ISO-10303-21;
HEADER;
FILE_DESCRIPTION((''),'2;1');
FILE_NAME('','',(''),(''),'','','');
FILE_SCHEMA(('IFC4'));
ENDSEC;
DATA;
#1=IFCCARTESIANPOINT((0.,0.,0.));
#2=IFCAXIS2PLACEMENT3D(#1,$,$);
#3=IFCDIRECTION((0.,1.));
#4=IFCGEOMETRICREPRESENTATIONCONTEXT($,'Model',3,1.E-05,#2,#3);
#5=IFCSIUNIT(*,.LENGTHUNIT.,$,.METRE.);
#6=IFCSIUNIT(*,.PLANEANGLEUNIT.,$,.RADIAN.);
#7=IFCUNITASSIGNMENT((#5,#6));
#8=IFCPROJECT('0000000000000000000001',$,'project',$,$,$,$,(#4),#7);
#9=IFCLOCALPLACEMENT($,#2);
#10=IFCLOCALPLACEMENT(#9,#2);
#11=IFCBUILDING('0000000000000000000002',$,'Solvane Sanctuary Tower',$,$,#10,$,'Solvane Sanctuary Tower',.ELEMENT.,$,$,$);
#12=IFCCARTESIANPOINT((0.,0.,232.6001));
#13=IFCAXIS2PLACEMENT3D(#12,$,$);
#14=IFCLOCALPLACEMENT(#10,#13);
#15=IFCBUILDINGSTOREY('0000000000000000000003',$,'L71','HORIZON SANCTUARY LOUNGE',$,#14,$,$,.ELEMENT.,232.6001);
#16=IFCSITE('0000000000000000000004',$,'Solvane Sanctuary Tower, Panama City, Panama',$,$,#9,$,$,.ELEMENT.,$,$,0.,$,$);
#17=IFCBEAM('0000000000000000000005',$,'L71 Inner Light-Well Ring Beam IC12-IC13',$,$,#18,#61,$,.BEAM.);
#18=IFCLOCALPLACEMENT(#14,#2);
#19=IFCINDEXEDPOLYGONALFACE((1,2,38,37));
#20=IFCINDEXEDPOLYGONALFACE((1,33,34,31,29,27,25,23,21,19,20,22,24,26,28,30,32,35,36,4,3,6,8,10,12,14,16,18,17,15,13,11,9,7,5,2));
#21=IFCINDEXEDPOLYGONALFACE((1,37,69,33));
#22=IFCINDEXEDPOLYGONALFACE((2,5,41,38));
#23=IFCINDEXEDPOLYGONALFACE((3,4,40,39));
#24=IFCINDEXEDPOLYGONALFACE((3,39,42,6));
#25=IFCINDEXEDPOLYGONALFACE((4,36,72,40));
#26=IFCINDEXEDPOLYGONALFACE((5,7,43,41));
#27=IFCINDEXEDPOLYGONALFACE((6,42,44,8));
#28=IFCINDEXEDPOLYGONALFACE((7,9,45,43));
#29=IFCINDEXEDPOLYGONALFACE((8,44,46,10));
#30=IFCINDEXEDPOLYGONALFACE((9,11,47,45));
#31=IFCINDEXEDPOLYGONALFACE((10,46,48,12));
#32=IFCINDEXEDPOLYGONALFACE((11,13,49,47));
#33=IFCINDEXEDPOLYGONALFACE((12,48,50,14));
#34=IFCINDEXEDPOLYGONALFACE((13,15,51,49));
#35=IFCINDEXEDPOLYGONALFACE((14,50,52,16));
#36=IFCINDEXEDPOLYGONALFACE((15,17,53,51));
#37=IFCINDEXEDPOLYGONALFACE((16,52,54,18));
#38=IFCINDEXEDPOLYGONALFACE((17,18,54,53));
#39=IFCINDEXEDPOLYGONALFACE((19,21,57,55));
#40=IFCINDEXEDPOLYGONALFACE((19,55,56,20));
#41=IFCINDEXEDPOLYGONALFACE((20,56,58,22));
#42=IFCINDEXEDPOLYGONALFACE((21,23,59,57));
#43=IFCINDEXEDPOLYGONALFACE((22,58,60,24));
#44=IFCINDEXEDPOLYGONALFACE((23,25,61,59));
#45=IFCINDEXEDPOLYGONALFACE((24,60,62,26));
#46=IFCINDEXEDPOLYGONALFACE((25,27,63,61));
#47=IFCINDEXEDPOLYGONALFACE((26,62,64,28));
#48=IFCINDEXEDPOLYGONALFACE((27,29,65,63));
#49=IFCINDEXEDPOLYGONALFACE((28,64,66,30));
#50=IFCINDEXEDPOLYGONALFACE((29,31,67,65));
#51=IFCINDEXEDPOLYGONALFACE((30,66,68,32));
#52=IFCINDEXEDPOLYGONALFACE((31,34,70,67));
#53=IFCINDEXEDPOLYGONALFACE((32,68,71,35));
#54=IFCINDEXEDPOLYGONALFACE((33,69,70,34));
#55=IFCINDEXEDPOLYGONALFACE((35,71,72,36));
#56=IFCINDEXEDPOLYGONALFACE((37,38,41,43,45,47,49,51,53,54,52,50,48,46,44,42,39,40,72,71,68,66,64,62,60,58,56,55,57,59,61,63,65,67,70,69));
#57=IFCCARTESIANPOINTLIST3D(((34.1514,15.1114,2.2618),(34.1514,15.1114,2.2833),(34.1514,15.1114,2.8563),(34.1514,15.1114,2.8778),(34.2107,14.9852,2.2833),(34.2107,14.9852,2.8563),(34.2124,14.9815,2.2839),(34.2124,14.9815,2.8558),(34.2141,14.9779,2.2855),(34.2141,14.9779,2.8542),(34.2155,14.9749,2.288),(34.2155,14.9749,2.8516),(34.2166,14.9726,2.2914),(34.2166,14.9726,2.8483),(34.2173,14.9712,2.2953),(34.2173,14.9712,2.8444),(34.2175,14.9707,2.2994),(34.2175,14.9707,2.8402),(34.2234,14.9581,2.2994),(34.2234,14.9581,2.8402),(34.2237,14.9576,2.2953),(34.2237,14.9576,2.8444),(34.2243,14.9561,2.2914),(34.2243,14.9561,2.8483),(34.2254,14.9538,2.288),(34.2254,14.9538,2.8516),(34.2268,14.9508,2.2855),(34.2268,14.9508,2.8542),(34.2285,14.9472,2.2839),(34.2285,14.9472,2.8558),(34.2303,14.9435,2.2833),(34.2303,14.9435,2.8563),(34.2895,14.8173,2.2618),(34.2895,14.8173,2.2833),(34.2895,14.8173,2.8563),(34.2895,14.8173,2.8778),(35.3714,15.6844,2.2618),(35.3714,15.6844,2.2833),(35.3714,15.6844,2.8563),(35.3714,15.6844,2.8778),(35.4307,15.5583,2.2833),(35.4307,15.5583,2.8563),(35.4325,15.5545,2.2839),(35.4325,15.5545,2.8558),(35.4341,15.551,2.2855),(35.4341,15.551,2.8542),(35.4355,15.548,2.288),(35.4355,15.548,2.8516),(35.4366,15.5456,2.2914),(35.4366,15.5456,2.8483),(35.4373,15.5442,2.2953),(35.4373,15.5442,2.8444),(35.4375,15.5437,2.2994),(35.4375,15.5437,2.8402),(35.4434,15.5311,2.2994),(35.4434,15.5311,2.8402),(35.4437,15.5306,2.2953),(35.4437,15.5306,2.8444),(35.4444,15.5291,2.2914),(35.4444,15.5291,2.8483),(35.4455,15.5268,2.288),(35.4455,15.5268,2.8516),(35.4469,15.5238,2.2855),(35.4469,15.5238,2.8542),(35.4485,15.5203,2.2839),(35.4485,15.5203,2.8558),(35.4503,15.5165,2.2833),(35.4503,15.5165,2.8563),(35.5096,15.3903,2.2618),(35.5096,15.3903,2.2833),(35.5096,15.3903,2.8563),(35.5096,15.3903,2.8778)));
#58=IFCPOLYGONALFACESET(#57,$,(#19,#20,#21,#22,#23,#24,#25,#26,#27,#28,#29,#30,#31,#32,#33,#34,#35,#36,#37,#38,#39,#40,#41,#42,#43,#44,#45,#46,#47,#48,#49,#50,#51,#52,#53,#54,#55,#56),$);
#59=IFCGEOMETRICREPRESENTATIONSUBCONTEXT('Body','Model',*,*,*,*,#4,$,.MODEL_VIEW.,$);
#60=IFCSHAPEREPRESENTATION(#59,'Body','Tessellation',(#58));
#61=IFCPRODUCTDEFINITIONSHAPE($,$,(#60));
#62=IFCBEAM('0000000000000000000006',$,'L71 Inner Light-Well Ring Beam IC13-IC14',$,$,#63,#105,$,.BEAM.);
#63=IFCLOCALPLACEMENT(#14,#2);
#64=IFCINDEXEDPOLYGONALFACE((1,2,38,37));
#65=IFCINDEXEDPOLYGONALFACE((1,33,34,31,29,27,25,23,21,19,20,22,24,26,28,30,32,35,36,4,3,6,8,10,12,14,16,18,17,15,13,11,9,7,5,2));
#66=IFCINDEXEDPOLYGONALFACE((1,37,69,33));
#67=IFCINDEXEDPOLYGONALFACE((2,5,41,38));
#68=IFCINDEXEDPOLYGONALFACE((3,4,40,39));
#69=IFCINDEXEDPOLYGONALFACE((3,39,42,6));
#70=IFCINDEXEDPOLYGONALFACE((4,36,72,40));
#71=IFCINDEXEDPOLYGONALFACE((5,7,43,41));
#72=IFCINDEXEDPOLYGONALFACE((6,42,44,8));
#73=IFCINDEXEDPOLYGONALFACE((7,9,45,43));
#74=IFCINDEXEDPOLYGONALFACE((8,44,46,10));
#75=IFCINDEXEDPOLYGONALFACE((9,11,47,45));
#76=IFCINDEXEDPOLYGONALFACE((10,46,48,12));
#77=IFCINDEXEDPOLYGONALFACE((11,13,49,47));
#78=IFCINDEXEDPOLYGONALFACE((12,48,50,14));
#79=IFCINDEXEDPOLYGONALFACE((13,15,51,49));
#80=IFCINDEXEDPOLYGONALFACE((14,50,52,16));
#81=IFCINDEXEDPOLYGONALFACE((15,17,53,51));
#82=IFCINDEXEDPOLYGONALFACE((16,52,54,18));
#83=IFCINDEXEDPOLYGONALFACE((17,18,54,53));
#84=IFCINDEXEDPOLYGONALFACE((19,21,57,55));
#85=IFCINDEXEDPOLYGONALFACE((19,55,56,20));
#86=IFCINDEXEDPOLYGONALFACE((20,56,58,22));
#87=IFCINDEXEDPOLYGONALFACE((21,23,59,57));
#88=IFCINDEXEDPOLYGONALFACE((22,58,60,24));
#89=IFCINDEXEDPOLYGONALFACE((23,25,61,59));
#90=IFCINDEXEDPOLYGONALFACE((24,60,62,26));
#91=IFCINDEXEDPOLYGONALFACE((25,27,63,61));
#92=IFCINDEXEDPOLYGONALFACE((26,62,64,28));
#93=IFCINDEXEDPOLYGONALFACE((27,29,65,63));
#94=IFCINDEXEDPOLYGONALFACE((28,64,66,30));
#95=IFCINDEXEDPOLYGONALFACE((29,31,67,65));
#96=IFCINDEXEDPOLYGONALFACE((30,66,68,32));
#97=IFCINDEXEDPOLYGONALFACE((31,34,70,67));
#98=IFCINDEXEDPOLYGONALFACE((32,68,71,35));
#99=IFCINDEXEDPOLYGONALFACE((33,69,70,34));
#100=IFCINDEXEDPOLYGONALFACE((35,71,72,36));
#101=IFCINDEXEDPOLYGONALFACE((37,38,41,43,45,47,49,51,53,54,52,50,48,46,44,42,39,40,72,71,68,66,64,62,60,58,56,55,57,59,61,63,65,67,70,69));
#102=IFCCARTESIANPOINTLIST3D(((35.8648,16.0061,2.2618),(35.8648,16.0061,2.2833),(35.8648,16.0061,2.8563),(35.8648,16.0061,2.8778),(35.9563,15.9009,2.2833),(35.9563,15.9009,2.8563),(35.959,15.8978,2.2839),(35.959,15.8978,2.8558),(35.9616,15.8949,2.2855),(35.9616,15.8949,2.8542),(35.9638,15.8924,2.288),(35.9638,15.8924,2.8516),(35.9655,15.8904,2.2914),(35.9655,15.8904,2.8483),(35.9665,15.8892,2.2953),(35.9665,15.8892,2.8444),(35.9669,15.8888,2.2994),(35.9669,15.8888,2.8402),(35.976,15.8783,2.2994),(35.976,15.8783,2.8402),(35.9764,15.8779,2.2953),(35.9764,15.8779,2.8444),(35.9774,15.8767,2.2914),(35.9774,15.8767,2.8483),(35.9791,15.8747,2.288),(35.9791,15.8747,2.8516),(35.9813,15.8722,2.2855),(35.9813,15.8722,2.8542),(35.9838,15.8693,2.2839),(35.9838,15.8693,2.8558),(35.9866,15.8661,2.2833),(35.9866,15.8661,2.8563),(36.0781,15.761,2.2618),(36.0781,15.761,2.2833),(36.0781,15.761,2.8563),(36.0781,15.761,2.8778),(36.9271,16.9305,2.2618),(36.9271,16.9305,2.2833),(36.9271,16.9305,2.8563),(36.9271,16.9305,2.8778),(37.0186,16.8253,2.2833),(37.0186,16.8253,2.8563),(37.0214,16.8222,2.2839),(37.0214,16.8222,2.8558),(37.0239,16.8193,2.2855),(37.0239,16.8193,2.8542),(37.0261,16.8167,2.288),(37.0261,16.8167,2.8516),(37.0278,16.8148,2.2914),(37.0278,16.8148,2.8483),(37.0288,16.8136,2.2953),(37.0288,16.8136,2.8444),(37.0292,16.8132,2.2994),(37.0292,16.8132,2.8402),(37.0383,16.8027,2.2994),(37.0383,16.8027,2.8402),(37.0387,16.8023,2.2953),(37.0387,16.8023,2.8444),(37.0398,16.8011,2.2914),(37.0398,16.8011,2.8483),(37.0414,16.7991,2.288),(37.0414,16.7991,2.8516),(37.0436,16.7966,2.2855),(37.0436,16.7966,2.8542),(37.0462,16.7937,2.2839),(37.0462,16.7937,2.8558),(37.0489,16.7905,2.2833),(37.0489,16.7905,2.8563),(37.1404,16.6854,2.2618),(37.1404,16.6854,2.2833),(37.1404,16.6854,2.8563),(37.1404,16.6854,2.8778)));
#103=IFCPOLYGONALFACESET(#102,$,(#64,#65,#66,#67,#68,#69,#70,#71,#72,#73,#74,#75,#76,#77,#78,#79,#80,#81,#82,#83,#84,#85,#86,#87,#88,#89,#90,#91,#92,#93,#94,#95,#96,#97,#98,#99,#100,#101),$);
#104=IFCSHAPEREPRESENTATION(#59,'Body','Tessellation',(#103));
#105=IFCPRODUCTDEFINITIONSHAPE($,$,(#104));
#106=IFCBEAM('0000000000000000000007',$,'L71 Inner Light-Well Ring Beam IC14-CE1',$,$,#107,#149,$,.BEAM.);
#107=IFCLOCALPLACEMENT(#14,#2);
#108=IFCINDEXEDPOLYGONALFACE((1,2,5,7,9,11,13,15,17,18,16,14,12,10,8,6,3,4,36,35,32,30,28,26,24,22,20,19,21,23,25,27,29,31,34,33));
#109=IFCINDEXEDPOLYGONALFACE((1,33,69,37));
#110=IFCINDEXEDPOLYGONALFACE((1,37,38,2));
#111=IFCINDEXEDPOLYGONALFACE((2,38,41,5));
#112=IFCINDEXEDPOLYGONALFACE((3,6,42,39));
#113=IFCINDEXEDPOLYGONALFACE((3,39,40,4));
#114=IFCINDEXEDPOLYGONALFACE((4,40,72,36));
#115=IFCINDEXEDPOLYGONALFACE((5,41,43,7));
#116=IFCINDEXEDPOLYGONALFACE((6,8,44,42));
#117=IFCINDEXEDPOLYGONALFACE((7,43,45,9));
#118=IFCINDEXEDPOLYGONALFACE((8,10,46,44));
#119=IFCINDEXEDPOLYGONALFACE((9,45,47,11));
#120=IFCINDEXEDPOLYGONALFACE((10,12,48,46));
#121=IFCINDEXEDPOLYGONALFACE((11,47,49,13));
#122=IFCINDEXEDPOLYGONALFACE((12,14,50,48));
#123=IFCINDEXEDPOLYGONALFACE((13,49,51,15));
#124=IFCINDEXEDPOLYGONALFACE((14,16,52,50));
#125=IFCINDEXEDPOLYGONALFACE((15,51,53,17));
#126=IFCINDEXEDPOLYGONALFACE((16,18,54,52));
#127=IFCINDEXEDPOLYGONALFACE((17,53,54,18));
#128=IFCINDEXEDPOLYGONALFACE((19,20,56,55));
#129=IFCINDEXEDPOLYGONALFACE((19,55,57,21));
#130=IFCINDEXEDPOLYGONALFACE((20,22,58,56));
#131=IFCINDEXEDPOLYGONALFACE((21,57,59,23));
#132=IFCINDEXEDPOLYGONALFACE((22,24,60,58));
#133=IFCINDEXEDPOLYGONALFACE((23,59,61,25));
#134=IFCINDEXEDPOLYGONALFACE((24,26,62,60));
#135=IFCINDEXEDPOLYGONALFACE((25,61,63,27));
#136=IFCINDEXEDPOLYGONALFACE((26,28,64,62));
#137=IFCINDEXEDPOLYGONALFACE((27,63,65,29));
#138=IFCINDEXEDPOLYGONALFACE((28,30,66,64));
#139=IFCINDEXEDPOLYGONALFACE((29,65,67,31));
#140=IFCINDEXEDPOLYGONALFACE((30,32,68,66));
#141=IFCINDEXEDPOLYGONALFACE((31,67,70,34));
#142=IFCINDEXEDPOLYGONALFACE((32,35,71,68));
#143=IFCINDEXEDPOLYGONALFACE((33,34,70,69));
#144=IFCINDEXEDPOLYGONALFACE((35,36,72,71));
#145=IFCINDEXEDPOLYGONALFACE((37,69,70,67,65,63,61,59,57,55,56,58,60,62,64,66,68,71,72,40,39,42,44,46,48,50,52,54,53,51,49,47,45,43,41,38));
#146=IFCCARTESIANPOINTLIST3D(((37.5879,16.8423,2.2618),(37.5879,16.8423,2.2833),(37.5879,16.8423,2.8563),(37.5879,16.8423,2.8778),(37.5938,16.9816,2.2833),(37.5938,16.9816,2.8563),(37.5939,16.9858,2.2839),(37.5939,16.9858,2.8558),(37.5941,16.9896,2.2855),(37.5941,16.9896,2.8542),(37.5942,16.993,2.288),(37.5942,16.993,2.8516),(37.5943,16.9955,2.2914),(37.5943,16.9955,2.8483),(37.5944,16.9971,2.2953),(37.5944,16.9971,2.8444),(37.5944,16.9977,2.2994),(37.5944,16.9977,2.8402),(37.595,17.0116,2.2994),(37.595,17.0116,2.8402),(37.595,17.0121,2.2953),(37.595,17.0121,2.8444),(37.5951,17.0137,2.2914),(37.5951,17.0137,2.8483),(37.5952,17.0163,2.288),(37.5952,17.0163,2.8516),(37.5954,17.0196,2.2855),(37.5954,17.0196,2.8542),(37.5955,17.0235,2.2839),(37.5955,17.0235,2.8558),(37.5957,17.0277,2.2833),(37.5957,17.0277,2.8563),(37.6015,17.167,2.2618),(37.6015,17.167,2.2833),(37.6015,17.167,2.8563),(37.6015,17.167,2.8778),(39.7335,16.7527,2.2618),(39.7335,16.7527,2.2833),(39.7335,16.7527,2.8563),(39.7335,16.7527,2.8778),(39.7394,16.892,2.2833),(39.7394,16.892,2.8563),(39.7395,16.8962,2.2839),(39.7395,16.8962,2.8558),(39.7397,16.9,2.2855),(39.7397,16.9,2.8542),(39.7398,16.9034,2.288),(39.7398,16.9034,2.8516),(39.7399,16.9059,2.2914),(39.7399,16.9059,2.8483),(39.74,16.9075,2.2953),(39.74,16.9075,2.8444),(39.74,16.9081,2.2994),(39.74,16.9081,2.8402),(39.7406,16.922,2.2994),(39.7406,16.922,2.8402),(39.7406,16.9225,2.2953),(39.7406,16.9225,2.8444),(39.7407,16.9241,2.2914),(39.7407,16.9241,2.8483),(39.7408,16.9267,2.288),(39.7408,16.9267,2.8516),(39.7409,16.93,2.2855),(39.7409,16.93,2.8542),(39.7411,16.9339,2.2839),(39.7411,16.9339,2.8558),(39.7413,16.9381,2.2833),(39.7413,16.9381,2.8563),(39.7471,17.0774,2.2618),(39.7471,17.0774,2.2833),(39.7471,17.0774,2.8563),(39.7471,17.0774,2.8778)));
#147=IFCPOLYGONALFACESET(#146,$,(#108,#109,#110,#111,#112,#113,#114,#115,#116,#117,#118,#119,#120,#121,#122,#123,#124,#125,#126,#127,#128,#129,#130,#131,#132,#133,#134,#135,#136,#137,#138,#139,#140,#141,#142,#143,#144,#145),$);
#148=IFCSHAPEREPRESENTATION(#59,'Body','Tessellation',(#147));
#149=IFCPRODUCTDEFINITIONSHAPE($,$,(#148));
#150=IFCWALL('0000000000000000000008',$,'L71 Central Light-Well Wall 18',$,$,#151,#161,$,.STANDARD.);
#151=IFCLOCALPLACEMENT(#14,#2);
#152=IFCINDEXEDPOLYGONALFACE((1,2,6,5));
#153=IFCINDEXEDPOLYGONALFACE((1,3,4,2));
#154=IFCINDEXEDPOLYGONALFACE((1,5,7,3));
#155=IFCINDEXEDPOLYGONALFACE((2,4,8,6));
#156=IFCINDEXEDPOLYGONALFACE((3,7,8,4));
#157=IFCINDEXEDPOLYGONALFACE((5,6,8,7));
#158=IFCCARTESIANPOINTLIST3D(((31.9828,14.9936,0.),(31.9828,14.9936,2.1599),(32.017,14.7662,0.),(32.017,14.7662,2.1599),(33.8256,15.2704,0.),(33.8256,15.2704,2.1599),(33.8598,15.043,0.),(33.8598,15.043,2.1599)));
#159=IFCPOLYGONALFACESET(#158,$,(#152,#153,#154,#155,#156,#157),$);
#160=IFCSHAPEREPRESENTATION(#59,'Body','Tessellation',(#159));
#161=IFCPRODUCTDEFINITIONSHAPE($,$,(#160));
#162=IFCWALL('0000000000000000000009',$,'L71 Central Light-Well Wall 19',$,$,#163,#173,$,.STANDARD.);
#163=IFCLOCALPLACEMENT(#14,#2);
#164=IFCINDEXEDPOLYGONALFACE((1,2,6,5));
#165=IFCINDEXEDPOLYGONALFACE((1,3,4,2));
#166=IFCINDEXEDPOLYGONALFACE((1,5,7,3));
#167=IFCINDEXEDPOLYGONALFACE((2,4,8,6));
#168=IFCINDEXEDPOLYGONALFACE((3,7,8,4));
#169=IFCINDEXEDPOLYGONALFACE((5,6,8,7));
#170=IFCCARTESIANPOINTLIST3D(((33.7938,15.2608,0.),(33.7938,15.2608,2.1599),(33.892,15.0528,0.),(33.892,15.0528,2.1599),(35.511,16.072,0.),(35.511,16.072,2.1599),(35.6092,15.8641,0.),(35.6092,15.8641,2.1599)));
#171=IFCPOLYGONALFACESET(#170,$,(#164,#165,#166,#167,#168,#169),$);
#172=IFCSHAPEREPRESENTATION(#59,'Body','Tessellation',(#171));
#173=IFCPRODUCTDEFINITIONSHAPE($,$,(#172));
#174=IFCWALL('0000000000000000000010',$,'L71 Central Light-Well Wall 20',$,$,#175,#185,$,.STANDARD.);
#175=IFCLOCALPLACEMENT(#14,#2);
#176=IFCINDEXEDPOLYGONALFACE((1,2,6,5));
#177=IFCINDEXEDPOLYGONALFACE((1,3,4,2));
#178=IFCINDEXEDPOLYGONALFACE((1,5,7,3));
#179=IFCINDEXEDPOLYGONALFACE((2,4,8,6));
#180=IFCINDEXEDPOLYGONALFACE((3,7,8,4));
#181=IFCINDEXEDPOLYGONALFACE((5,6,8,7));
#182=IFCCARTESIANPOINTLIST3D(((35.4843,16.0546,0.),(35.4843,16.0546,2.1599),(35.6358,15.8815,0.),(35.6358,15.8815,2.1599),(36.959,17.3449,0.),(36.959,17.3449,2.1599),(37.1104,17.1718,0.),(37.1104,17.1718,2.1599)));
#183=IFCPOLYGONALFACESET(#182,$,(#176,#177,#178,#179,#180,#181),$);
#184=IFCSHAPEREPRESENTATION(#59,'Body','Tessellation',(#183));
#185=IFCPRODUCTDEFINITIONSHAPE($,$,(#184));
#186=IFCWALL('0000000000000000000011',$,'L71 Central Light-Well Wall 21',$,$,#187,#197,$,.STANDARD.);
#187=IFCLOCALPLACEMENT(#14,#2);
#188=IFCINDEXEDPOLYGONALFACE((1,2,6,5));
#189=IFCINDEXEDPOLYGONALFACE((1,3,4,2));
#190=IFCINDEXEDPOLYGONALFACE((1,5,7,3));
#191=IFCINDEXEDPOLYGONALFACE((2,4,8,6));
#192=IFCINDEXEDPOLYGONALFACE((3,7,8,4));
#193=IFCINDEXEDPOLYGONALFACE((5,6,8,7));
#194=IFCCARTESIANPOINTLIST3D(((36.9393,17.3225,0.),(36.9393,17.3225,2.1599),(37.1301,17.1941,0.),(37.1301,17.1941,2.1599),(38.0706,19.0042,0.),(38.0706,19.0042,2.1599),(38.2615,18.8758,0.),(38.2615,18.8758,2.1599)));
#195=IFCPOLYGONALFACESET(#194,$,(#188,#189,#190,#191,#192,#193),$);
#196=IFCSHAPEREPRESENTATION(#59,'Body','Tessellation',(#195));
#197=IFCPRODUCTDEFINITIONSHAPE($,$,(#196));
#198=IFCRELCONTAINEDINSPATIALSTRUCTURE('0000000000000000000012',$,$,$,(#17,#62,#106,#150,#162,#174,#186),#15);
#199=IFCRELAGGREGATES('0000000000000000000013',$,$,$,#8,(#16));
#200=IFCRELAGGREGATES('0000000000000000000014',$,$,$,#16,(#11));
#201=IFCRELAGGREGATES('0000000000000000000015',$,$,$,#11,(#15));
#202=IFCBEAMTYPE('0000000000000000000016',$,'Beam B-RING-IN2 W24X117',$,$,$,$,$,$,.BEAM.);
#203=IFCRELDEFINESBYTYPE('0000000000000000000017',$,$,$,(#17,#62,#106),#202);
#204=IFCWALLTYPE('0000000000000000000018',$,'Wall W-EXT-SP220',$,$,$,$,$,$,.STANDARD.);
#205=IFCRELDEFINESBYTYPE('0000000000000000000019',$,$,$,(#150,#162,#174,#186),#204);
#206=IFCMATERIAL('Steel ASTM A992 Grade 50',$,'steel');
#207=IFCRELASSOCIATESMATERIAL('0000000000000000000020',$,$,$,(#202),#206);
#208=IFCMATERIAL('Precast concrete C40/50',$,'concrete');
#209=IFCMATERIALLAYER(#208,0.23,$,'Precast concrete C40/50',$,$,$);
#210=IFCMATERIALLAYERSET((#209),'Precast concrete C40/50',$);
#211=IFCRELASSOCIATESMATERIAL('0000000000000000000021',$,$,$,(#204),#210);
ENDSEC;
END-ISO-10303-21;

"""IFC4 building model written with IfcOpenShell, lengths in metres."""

from ifc_helpers import new_model, si_unit, direction, frame, frame_2d, origin, origin_2d, place, context, subcontext, project, spatial, rectangle, i_section, extrude, material, layer, layer_set, material_profile, profile_set, type_object, element, save


model = new_model("IFC4")

# Units and contexts
model_context = context("Model", 3, precision=1e-05, world=origin(), true_north=direction((0.0, 1.0)))
body_context = subcontext(model_context, "Body", "Model", "MODEL_VIEW")
ifc_project = project(units=[si_unit("LENGTHUNIT", "METRE"), si_unit("PLANEANGLEUNIT", "RADIAN")], contexts=[model_context])

# Site, building, storey
site_placement = place(None, origin())
site = spatial("IfcSite", under=ifc_project, at=site_placement, Name="Solvane Sanctuary Tower, Panama City, Panama", CompositionType="ELEMENT", RefElevation=0.0)
building_placement = place(site_placement, origin())
building = spatial("IfcBuilding", under=site, at=building_placement, Name="Solvane Sanctuary Tower", LongName="Solvane Sanctuary Tower", CompositionType="ELEMENT")
storey_placement = place(building_placement, frame((0.0, 0.0, 232.6001)))
storey = spatial("IfcBuildingStorey", under=building, at=storey_placement, Name="L71", Description="HORIZON SANCTUARY LOUNGE", CompositionType="ELEMENT", Elevation=232.6001)

# Beams
ifc_material_1 = material(Name="Steel ASTM A992 Grade 50", Category="steel")
ifc_material_profile_1 = material_profile(ifc_material_1, i_section(OverallWidth=0.325, OverallDepth=0.616, WebThickness=0.0139, FlangeThickness=0.0215, FilletRadius=0.0161, at=origin_2d()), Name="W24X117")
ifc_profile_set_1 = profile_set([ifc_material_profile_1], Name="Steel ASTM A992 Grade 50")
beam_type_1 = type_object("IfcBeamType", Name="Beam B-RING-IN2 W24X117", PredefinedType="BEAM", material=ifc_profile_set_1)
beam_1_placement = place(storey_placement, frame((34.2205, 14.9644, 2.5698), z_axis=(0.905135, 0.425125, 0.0), x_axis=(-0.425125, 0.905135, 0.0)))
element("IfcBeam", 1, at=beam_1_placement, inside=storey, type_object=beam_type_1, Name="L71 Inner Light-Well Ring Beam IC12-IC13", PredefinedType="BEAM", context=body_context, shape_type="SweptSolid", body=[
    extrude(i_section(OverallWidth=0.325, OverallDepth=0.616, WebThickness=0.0139, FlangeThickness=0.0215, FilletRadius=0.0161, at=origin_2d()), origin(), (0.0, 0.0, 1.0), 1.3479),
])
beam_2_placement = place(storey_placement, frame((35.9714, 15.8835, 2.5698), z_axis=(0.754389, 0.656428, 0.0), x_axis=(-0.656428, 0.754389, 0.0)))
element("IfcBeam", 2, at=beam_2_placement, inside=storey, type_object=beam_type_1, Name="L71 Inner Light-Well Ring Beam IC13-IC14", PredefinedType="BEAM", context=body_context, shape_type="SweptSolid", body=[
    extrude(i_section(OverallWidth=0.325, OverallDepth=0.616, WebThickness=0.0139, FlangeThickness=0.0215, FilletRadius=0.0161, at=origin_2d()), origin(), (0.0, 0.0, 1.0), 1.4082),
])
beam_3_placement = place(storey_placement, frame((37.5947, 17.0046, 2.5698), z_axis=(0.999129, -0.041725, 0.0), x_axis=(0.041725, 0.999129, 0.0)))
element("IfcBeam", 3, at=beam_3_placement, inside=storey, type_object=beam_type_1, Name="L71 Inner Light-Well Ring Beam IC14-CE1", PredefinedType="BEAM", context=body_context, shape_type="SweptSolid", body=[
    extrude(i_section(OverallWidth=0.325, OverallDepth=0.616, WebThickness=0.0139, FlangeThickness=0.0215, FilletRadius=0.0161, at=origin_2d()), origin(), (0.0, 0.0, 1.0), 2.1475),
])

# Walls
ifc_material_2 = material(Name="Precast concrete C40/50", Category="concrete")
ifc_layer_1 = layer(ifc_material_2, 0.23, Name="Precast concrete C40/50")
ifc_layer_set_1 = layer_set([ifc_layer_1], Name="Precast concrete C40/50")
wall_type_1 = type_object("IfcWallType", Name="Wall W-EXT-SP220", PredefinedType="STANDARD", material=ifc_layer_set_1)
wall_1_placement = place(storey_placement, frame((32.0, 14.8799, 0.0), z_axis=(0.0, 0.0, 1.0), x_axis=(0.988902, 0.148571, 0.0)))
element("IfcWall", 4, at=wall_1_placement, inside=storey, type_object=wall_type_1, Name="L71 Central Light-Well Wall 18", PredefinedType="STANDARD", context=body_context, shape_type="SweptSolid", body=[
    extrude(rectangle(XDim=1.8635, YDim=0.23, at=frame_2d((0.9316, 0.0))), origin(), (0.0, 0.0, 1.0), 2.1599),
])
wall_2_placement = place(storey_placement, frame((33.8428, 15.1567, 0.0), z_axis=(0.0, 0.0, 1.0), x_axis=(0.90418, 0.427152, 0.0)))
element("IfcWall", 5, at=wall_2_placement, inside=storey, type_object=wall_type_1, Name="L71 Central Light-Well Wall 19", PredefinedType="STANDARD", context=body_context, shape_type="SweptSolid", body=[
    extrude(rectangle(XDim=1.8992, YDim=0.23, at=frame_2d((0.9497, 0.0))), origin(), (0.0, 0.0, 1.0), 2.1599),
])
wall_3_placement = place(storey_placement, frame((35.5601, 15.968, 0.0), z_axis=(0.0, 0.0, 1.0), x_axis=(0.752577, 0.658505, 0.0)))
element("IfcWall", 6, at=wall_3_placement, inside=storey, type_object=wall_type_1, Name="L71 Central Light-Well Wall 20", PredefinedType="STANDARD", context=body_context, shape_type="SweptSolid", body=[
    extrude(rectangle(XDim=1.9595, YDim=0.23, at=frame_2d((0.9797, 0.0))), origin(), (0.0, 0.0, 1.0), 2.1599),
])
wall_4_placement = place(storey_placement, frame((37.0347, 17.2583, 0.0), z_axis=(0.0, 0.0, 1.0), x_axis=(0.558198, 0.829708, 0.0)))
element("IfcWall", 7, at=wall_4_placement, inside=storey, type_object=wall_type_1, Name="L71 Central Light-Well Wall 21", PredefinedType="STANDARD", context=body_context, shape_type="SweptSolid", body=[
    extrude(rectangle(XDim=2.0269, YDim=0.23, at=frame_2d((1.0134, 0.0))), origin(), (0.0, 0.0, 1.0), 2.1599),
])

save(model, "model.ifc")
